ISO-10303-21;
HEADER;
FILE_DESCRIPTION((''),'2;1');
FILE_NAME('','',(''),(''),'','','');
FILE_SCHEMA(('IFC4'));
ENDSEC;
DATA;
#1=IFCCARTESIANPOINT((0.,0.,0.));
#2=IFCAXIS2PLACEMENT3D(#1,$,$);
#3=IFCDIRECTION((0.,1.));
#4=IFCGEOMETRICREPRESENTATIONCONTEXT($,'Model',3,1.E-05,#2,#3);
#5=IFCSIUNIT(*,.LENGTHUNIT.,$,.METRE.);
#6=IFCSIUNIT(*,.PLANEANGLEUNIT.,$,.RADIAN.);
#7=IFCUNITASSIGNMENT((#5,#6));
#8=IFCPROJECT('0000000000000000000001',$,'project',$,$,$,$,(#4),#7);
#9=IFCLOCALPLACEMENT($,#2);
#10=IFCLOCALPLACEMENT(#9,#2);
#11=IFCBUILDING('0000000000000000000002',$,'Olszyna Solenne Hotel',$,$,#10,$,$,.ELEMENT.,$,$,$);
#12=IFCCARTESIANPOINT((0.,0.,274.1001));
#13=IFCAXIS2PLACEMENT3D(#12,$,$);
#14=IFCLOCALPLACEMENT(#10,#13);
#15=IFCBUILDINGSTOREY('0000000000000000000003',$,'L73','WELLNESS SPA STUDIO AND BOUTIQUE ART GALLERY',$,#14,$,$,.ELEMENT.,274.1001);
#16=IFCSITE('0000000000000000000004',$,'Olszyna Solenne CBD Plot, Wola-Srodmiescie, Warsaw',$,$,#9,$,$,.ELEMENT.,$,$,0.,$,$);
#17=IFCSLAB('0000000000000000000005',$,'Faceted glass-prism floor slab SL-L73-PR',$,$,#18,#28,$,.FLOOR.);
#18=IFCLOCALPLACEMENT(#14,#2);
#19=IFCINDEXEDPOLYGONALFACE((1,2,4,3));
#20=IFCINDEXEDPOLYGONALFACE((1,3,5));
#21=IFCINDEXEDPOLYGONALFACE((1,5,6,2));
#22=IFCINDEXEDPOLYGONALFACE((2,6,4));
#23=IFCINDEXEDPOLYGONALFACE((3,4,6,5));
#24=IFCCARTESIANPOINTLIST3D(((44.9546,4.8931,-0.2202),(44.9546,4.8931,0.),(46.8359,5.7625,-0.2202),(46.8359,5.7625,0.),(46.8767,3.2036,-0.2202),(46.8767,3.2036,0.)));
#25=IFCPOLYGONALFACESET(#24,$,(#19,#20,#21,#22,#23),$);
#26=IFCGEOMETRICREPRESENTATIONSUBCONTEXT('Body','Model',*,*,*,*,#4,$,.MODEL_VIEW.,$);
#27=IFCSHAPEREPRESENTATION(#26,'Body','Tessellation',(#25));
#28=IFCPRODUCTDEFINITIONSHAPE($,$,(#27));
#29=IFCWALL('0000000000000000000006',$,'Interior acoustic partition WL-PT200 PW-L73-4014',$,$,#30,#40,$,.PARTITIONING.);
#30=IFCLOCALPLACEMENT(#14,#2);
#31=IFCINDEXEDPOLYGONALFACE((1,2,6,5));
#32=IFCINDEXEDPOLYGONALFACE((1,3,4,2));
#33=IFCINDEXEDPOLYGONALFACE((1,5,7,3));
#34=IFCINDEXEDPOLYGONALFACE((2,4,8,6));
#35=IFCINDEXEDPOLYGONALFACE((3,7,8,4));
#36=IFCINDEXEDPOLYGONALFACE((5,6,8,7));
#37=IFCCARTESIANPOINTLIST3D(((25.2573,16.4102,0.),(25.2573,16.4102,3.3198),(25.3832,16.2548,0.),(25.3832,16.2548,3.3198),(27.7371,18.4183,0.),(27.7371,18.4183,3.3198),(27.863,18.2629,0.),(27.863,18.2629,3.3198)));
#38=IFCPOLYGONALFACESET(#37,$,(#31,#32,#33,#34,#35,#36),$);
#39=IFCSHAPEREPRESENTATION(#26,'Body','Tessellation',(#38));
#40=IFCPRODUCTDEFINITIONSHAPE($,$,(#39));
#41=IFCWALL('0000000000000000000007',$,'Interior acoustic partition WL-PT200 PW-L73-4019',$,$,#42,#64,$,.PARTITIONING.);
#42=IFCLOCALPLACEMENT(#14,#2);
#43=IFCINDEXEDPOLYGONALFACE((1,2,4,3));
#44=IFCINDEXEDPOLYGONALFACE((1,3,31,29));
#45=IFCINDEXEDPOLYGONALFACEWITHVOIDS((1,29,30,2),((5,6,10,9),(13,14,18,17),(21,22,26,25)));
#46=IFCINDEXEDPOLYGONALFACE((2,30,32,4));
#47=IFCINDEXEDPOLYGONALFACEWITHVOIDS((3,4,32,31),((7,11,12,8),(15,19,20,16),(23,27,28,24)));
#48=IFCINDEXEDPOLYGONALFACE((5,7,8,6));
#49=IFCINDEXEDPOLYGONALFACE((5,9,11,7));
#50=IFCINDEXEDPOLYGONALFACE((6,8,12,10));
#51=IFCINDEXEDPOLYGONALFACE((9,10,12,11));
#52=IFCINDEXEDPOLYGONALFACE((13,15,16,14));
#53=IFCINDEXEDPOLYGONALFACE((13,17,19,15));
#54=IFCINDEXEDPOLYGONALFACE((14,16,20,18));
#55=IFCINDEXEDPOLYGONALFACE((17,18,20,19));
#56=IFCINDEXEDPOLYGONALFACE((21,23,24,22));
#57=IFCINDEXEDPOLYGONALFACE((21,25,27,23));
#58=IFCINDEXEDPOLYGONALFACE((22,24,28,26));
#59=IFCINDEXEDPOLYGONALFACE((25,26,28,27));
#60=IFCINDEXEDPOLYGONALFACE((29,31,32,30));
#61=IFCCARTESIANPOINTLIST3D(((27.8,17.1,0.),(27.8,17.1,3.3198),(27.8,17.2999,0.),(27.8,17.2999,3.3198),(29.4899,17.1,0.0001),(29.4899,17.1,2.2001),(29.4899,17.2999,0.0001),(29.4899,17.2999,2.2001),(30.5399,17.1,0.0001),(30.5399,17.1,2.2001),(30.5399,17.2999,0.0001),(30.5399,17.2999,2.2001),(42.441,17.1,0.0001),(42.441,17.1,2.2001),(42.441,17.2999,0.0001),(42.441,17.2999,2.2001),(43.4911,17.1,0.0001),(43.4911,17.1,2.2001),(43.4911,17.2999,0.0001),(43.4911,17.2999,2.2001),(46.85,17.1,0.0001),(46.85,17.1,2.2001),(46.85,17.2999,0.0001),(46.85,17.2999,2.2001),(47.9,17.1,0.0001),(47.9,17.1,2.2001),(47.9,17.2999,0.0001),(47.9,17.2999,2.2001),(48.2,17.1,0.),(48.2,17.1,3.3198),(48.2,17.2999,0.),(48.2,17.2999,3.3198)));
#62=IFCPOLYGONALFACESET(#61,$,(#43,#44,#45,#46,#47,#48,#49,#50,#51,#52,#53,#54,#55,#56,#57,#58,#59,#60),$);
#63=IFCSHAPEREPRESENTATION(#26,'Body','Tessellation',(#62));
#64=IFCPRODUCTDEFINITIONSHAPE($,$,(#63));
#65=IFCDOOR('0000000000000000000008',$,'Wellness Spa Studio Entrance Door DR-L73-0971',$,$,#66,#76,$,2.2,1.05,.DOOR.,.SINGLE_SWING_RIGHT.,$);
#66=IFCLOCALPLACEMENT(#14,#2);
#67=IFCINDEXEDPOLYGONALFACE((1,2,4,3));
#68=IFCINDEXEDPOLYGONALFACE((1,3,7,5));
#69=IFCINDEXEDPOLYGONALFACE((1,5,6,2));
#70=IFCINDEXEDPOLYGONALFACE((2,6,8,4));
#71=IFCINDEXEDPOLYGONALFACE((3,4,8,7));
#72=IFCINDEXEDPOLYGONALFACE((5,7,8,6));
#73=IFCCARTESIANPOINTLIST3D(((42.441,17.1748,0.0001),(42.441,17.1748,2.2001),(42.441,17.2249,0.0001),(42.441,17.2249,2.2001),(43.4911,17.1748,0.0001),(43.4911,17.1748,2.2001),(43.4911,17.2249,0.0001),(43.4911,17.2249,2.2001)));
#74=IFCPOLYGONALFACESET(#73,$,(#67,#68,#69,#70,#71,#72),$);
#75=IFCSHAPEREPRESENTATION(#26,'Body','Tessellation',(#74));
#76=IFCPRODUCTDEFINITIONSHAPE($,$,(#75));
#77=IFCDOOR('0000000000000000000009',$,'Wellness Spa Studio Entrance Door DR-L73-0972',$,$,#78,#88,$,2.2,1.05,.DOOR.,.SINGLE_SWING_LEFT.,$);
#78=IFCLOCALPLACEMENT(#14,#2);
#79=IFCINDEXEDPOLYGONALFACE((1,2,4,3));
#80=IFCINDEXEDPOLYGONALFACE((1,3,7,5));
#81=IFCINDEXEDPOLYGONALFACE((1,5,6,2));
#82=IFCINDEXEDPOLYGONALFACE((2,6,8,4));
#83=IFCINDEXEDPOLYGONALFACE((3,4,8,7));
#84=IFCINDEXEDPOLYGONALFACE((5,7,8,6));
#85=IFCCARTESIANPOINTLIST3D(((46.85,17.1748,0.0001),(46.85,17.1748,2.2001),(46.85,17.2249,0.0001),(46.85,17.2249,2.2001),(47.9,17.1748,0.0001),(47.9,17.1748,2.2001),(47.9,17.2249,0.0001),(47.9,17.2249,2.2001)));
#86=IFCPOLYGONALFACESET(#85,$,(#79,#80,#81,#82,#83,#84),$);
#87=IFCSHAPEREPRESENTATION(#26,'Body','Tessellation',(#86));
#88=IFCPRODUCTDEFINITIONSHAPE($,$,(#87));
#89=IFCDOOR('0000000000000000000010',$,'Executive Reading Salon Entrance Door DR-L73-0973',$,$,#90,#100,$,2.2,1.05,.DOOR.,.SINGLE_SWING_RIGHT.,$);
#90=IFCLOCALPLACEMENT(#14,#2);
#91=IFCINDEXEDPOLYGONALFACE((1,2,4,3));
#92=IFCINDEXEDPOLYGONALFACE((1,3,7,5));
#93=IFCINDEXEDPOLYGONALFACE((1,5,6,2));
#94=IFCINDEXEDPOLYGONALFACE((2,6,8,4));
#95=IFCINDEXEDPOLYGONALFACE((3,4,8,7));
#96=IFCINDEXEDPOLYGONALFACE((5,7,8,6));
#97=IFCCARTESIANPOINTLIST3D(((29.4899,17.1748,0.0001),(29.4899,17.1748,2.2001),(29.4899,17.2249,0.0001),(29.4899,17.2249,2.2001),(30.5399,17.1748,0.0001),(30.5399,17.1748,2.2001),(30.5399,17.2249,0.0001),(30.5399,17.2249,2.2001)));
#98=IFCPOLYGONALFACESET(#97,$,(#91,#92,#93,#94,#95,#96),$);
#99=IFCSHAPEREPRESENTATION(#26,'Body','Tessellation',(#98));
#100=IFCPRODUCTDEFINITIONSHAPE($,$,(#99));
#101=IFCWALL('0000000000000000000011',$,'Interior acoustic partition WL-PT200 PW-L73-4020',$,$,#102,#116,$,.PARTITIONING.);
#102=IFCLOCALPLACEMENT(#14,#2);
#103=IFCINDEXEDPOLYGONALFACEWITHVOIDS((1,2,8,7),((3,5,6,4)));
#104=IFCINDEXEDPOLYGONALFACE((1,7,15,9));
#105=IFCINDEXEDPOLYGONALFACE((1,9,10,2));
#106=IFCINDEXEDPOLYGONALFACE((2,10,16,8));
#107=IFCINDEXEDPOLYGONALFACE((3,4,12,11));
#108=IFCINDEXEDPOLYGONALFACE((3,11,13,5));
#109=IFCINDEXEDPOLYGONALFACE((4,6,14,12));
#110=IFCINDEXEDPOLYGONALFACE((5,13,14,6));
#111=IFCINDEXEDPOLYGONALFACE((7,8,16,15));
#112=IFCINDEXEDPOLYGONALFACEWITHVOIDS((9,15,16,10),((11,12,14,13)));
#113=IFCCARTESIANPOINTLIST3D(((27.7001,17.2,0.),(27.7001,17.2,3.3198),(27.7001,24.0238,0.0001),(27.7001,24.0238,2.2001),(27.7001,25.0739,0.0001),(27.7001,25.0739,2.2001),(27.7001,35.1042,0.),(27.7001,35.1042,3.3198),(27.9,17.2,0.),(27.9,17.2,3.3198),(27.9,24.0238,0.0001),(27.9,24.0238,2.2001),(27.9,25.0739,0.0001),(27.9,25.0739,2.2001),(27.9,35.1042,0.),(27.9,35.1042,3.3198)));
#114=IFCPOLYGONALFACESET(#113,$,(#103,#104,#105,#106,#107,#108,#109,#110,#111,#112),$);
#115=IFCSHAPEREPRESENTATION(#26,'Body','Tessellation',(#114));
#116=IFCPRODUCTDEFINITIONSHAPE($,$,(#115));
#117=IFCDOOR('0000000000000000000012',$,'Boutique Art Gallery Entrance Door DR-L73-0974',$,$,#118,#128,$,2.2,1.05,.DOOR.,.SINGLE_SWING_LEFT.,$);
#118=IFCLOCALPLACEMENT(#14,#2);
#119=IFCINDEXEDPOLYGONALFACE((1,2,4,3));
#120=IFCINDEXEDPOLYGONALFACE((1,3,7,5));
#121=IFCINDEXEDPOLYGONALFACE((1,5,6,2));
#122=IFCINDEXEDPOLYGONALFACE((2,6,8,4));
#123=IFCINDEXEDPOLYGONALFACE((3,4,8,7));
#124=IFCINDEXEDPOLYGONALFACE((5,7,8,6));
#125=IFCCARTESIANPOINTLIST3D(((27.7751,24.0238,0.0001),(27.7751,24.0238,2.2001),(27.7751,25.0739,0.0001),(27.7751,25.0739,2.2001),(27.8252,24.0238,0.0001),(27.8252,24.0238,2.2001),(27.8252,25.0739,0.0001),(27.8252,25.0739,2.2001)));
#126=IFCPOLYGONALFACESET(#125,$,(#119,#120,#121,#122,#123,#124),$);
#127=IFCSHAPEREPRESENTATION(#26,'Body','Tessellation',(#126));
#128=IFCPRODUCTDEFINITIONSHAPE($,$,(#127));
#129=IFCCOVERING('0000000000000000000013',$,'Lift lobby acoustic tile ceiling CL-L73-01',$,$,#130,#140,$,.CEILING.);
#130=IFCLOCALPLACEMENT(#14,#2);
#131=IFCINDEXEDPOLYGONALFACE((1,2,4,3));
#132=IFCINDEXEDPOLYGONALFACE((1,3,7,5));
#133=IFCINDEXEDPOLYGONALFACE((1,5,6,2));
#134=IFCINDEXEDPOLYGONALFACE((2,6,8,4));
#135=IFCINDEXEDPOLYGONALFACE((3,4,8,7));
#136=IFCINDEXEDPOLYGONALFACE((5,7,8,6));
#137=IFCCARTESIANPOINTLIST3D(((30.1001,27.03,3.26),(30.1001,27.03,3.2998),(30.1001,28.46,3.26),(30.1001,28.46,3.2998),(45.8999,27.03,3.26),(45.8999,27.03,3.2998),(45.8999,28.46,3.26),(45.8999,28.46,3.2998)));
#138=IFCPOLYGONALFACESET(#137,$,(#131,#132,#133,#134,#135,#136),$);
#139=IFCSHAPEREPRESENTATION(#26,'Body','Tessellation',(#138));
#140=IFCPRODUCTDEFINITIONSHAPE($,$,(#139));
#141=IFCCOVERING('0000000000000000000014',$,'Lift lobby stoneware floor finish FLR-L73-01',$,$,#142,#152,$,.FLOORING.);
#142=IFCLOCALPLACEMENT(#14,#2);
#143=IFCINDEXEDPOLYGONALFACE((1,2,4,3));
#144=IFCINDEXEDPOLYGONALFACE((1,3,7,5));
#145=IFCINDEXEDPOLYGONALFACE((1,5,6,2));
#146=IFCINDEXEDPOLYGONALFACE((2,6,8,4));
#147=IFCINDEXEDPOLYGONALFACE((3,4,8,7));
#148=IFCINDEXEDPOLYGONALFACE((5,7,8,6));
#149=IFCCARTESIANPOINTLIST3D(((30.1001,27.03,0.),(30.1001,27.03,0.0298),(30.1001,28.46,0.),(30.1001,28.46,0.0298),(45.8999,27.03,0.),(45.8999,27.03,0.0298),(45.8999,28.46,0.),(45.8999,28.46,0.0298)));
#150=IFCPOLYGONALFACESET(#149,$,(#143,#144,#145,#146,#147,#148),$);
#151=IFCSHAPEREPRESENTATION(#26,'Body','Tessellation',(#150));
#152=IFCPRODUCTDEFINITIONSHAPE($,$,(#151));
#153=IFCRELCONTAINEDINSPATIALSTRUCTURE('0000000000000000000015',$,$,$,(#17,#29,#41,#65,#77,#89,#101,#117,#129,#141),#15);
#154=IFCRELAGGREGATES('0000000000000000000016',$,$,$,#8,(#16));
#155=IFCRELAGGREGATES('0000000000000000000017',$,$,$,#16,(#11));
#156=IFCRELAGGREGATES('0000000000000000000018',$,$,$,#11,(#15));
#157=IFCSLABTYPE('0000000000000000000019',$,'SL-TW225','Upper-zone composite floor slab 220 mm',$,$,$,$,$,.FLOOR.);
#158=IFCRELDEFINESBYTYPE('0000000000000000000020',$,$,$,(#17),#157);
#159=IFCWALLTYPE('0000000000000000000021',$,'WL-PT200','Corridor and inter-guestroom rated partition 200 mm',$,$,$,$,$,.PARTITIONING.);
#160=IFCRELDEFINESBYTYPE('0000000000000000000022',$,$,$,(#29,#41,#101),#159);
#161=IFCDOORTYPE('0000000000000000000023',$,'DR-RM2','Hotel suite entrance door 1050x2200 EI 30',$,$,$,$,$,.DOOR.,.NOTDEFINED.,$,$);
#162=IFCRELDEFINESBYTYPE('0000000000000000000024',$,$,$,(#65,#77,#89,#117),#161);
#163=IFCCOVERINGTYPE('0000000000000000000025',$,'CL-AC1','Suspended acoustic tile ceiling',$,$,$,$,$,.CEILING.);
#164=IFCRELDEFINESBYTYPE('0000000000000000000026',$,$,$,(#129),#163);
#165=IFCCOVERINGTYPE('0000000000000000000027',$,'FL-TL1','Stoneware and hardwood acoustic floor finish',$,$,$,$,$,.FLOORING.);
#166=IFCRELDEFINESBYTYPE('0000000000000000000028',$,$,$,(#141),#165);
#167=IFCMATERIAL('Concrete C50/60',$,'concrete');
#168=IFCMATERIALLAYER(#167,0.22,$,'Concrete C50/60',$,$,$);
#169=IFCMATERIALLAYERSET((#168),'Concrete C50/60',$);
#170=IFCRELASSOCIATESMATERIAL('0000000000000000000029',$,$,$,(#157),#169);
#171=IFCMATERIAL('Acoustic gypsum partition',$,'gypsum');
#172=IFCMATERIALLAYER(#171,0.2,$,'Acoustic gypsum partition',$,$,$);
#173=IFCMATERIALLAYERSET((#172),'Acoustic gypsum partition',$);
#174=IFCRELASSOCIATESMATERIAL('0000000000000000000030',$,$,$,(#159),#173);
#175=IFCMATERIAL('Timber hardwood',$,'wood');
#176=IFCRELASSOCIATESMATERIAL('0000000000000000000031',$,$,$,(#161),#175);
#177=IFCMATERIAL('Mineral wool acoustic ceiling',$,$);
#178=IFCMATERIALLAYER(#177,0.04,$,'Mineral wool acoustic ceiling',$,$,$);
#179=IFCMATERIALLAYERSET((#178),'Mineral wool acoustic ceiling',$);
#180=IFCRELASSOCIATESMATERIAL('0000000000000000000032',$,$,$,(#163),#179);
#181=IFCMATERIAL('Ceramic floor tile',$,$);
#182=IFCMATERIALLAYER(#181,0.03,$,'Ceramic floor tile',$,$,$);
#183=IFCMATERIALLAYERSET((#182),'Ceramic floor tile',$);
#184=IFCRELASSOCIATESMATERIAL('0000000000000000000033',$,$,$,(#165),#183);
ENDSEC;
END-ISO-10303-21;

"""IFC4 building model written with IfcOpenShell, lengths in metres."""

from ifc_helpers import new_model, si_unit, direction, frame, frame_2d, origin, place, context, subcontext, project, spatial, polyline, rectangle, outline, extrude, source, transform, mapped, material, layer, layer_set, type_object, type_shapes, element, fill, save


model = new_model("IFC4")

# Units and contexts
model_context = context("Model", 3, precision=1e-05, world=origin(), true_north=direction((0.0, 1.0)))
body_context = subcontext(model_context, "Body", "Model", "MODEL_VIEW")
ifc_project = project(units=[si_unit("LENGTHUNIT", "METRE"), si_unit("PLANEANGLEUNIT", "RADIAN")], contexts=[model_context])

# Site, building, storey
site_placement = place(None, origin())
site = spatial("IfcSite", under=ifc_project, at=site_placement, Name="Olszyna Solenne CBD Plot, Wola-Srodmiescie, Warsaw", CompositionType="ELEMENT", RefElevation=0.0)
building_placement = place(site_placement, origin())
building = spatial("IfcBuilding", under=site, at=building_placement, Name="Olszyna Solenne Hotel", CompositionType="ELEMENT")
storey_placement = place(building_placement, frame((0.0, 0.0, 274.1001)))
storey = spatial("IfcBuildingStorey", under=building, at=storey_placement, Name="L73", Description="WELLNESS SPA STUDIO AND BOUTIQUE ART GALLERY", CompositionType="ELEMENT", Elevation=274.1001)

# Slab
ifc_material_1 = material(Name="Concrete C50/60", Category="concrete")
ifc_layer_1 = layer(ifc_material_1, 0.22, Name="Concrete C50/60")
ifc_layer_set_1 = layer_set([ifc_layer_1], Name="Concrete C50/60")
slab_type_1 = type_object("IfcSlabType", Name="SL-TW225", Description="Upper-zone composite floor slab 220 mm", PredefinedType="FLOOR", material=ifc_layer_set_1)
slab_1_placement = place(storey_placement, frame((0.0, 0.0, -0.2202)))
element("IfcSlab", 1, at=slab_1_placement, inside=storey, type_object=slab_type_1, Name="Faceted glass-prism floor slab SL-L73-PR", PredefinedType="FLOOR", context=body_context, shape_type="SweptSolid", body=[
    extrude(outline(polyline([(46.8359, 5.7625), (44.9546, 4.8931), (46.8767, 3.2036), (46.8359, 5.7625)])), origin(), (0.0, 0.0, 1.0), 0.2202),
])

# Wall
ifc_material_2 = material(Name="Acoustic gypsum partition", Category="gypsum")
ifc_layer_2 = layer(ifc_material_2, 0.2, Name="Acoustic gypsum partition")
ifc_layer_set_2 = layer_set([ifc_layer_2], Name="Acoustic gypsum partition")
wall_type = type_object("IfcWallType", Name="WL-PT200", Description="Corridor and inter-guestroom rated partition 200 mm", PredefinedType="PARTITIONING", material=ifc_layer_set_2)
wall_1_placement = place(storey_placement, frame((27.8, 18.3406, 0.0), z_axis=(0.0, 0.0, 1.0), x_axis=(-0.777145, -0.629321, 0.0)))
element("IfcWall", 2, at=wall_1_placement, inside=storey, type_object=wall_type, Name="Interior acoustic partition WL-PT200 PW-L73-4014", PredefinedType="PARTITIONING", context=body_context, shape_type="SweptSolid", body=[
    extrude(rectangle(XDim=3.1909, YDim=0.2, at=frame_2d((1.5955, 0.0))), origin(), (0.0, 0.0, 1.0), 3.3198),
])

# Wall, openings, doors
wall_2_placement = place(storey_placement, frame((27.8, 17.2, 0.0), z_axis=(0.0, 0.0, 1.0), x_axis=(1.0, 0.0, 0.0)))
wall_2 = element("IfcWall", 3, at=wall_2_placement, inside=storey, type_object=wall_type, Name="Interior acoustic partition WL-PT200 PW-L73-4019", PredefinedType="PARTITIONING", context=body_context, shape_type="SweptSolid", body=[
    extrude(rectangle(XDim=20.3999, YDim=0.2, at=frame_2d((10.2, 0.0))), origin(), (0.0, 0.0, 1.0), 3.3198),
])
opening_1_placement = place(wall_2_placement, frame((14.6411, 0.0, 0.0)))
opening_1 = element("IfcOpeningElement", 4, at=opening_1_placement, cuts=wall_2, PredefinedType="OPENING", context=body_context, shape_type="SweptSolid", body=[
    extrude(rectangle(XDim=1.05, YDim=2.2, at=frame_2d((0.5249, 1.1001))), frame((0.0, 0.1099, 0.0), z_axis=(0.0, -1.0, 0.0), x_axis=(1.0, 0.0, 0.0)), (0.0, 0.0, 1.0), 0.22),
])
opening_2_placement = place(wall_2_placement, frame((19.05, 0.0, 0.0)))
opening_2 = element("IfcOpeningElement", 5, at=opening_2_placement, cuts=wall_2, PredefinedType="OPENING", context=body_context, shape_type="SweptSolid", body=[
    extrude(rectangle(XDim=1.05, YDim=2.2, at=frame_2d((0.5249, 1.1001))), frame((0.0, 0.1099, 0.0), z_axis=(0.0, -1.0, 0.0), x_axis=(1.0, 0.0, 0.0)), (0.0, 0.0, 1.0), 0.22),
])
opening_3_placement = place(wall_2_placement, frame((1.6899, 0.0, 0.0)))
opening_3 = element("IfcOpeningElement", 6, at=opening_3_placement, cuts=wall_2, PredefinedType="OPENING", context=body_context, shape_type="SweptSolid", body=[
    extrude(rectangle(XDim=1.05, YDim=2.2, at=frame_2d((0.5249, 1.1001))), frame((0.0, 0.1099, 0.0), z_axis=(0.0, -1.0, 0.0), x_axis=(1.0, 0.0, 0.0)), (0.0, 0.0, 1.0), 0.22),
])
ifc_material_3 = material(Name="Timber hardwood", Category="wood")
door_type = type_object("IfcDoorType", Name="DR-RM2", Description="Hotel suite entrance door 1050x2200 EI 30", OperationType="NOTDEFINED", PredefinedType="DOOR", material=ifc_material_3)
shared_shape_1 = source(origin(), body_context, "Body", "SweptSolid", [
    extrude(rectangle(XDim=1.05, YDim=2.2, at=frame_2d((0.5249, 1.1001))), frame((0.0, 0.0249, 0.0), z_axis=(0.0, -1.0, 0.0), x_axis=(1.0, 0.0, 0.0)), (0.0, 0.0, 1.0), 0.05),
])
type_shapes(door_type, [shared_shape_1])
door_1_placement = place(opening_1_placement, origin())
door_1 = element("IfcDoor", 7, at=door_1_placement, inside=storey, type_object=door_type, Name="Wellness Spa Studio Entrance Door DR-L73-0971", OperationType="SINGLE_SWING_RIGHT", OverallHeight=2.2, OverallWidth=1.05, PredefinedType="DOOR", context=body_context, shape_type="MappedRepresentation", body=[
    mapped(shared_shape_1, transform((0.0, 0.0, 0.0), x_axis=(1.0, 0.0, 0.0), y_axis=(0.0, 1.0, 0.0), z_axis=(0.0, 0.0, 1.0), scale=1.0)),
])
fill(opening_1, door_1)
door_2_placement = place(opening_2_placement, origin())
door_2 = element("IfcDoor", 8, at=door_2_placement, inside=storey, type_object=door_type, Name="Wellness Spa Studio Entrance Door DR-L73-0972", OperationType="SINGLE_SWING_LEFT", OverallHeight=2.2, OverallWidth=1.05, PredefinedType="DOOR", context=body_context, shape_type="MappedRepresentation", body=[
    mapped(shared_shape_1, transform((0.0, 0.0, 0.0), x_axis=(1.0, 0.0, 0.0), y_axis=(0.0, 1.0, 0.0), z_axis=(0.0, 0.0, 1.0), scale=1.0)),
])
fill(opening_2, door_2)
door_3_placement = place(opening_3_placement, origin())
door_3 = element("IfcDoor", 9, at=door_3_placement, inside=storey, type_object=door_type, Name="Executive Reading Salon Entrance Door DR-L73-0973", OperationType="SINGLE_SWING_RIGHT", OverallHeight=2.2, OverallWidth=1.05, PredefinedType="DOOR", context=body_context, shape_type="MappedRepresentation", body=[
    mapped(shared_shape_1, transform((0.0, 0.0, 0.0), x_axis=(1.0, 0.0, 0.0), y_axis=(0.0, 1.0, 0.0), z_axis=(0.0, 0.0, 1.0), scale=1.0)),
])
fill(opening_3, door_3)

# Wall, opening, door
wall_3_placement = place(storey_placement, frame((27.8, 17.2, 0.0), z_axis=(0.0, 0.0, 1.0), x_axis=(0.0, 1.0, 0.0)))
wall_3 = element("IfcWall", 10, at=wall_3_placement, inside=storey, type_object=wall_type, Name="Interior acoustic partition WL-PT200 PW-L73-4020", PredefinedType="PARTITIONING", context=body_context, shape_type="SweptSolid", body=[
    extrude(rectangle(XDim=17.9043, YDim=0.2, at=frame_2d((8.9521, 0.0))), origin(), (0.0, 0.0, 1.0), 3.3198),
])
opening_4_placement = place(wall_3_placement, frame((6.824, 0.0, 0.0)))
opening_4 = element("IfcOpeningElement", 11, at=opening_4_placement, cuts=wall_3, PredefinedType="OPENING", context=body_context, shape_type="SweptSolid", body=[
    extrude(rectangle(XDim=1.05, YDim=2.2, at=frame_2d((0.5249, 1.1001))), frame((0.0, 0.1099, 0.0), z_axis=(0.0, -1.0, 0.0), x_axis=(1.0, 0.0, 0.0)), (0.0, 0.0, 1.0), 0.22),
])
door_4_placement = place(opening_4_placement, origin())
door_4 = element("IfcDoor", 12, at=door_4_placement, inside=storey, type_object=door_type, Name="Boutique Art Gallery Entrance Door DR-L73-0974", OperationType="SINGLE_SWING_LEFT", OverallHeight=2.2, OverallWidth=1.05, PredefinedType="DOOR", context=body_context, shape_type="MappedRepresentation", body=[
    mapped(shared_shape_1, transform((0.0, 0.0, 0.0), x_axis=(1.0, 0.0, 0.0), y_axis=(0.0, 1.0, 0.0), z_axis=(0.0, 0.0, 1.0), scale=1.0)),
])
fill(opening_4, door_4)

# Coverings
ifc_material_4 = material(Name="Mineral wool acoustic ceiling")
ifc_layer_3 = layer(ifc_material_4, 0.04, Name="Mineral wool acoustic ceiling")
ifc_layer_set_3 = layer_set([ifc_layer_3], Name="Mineral wool acoustic ceiling")
covering_type_1 = type_object("IfcCoveringType", Name="CL-AC1", Description="Suspended acoustic tile ceiling", PredefinedType="CEILING", material=ifc_layer_set_3)
covering_1_placement = place(storey_placement, frame((0.0, 0.0, 3.26)))
element("IfcCovering", 13, at=covering_1_placement, inside=storey, type_object=covering_type_1, Name="Lift lobby acoustic tile ceiling CL-L73-01", PredefinedType="CEILING", context=body_context, shape_type="SweptSolid", body=[
    extrude(outline(polyline([(30.1001, 27.03), (45.8999, 27.03), (45.8999, 28.46), (30.1001, 28.46), (30.1001, 27.03)])), origin(), (0.0, 0.0, 1.0), 0.0398),
])
ifc_material_5 = material(Name="Ceramic floor tile")
ifc_layer_4 = layer(ifc_material_5, 0.03, Name="Ceramic floor tile")
ifc_layer_set_4 = layer_set([ifc_layer_4], Name="Ceramic floor tile")
covering_type_2 = type_object("IfcCoveringType", Name="FL-TL1", Description="Stoneware and hardwood acoustic floor finish", PredefinedType="FLOORING", material=ifc_layer_set_4)
covering_2_placement = place(storey_placement, origin())
element("IfcCovering", 14, at=covering_2_placement, inside=storey, type_object=covering_type_2, Name="Lift lobby stoneware floor finish FLR-L73-01", PredefinedType="FLOORING", context=body_context, shape_type="SweptSolid", body=[
    extrude(outline(polyline([(30.1001, 27.03), (45.8999, 27.03), (45.8999, 28.46), (30.1001, 28.46), (30.1001, 27.03)])), origin(), (0.0, 0.0, 1.0), 0.0298),
])

save(model, "model.ifc")
